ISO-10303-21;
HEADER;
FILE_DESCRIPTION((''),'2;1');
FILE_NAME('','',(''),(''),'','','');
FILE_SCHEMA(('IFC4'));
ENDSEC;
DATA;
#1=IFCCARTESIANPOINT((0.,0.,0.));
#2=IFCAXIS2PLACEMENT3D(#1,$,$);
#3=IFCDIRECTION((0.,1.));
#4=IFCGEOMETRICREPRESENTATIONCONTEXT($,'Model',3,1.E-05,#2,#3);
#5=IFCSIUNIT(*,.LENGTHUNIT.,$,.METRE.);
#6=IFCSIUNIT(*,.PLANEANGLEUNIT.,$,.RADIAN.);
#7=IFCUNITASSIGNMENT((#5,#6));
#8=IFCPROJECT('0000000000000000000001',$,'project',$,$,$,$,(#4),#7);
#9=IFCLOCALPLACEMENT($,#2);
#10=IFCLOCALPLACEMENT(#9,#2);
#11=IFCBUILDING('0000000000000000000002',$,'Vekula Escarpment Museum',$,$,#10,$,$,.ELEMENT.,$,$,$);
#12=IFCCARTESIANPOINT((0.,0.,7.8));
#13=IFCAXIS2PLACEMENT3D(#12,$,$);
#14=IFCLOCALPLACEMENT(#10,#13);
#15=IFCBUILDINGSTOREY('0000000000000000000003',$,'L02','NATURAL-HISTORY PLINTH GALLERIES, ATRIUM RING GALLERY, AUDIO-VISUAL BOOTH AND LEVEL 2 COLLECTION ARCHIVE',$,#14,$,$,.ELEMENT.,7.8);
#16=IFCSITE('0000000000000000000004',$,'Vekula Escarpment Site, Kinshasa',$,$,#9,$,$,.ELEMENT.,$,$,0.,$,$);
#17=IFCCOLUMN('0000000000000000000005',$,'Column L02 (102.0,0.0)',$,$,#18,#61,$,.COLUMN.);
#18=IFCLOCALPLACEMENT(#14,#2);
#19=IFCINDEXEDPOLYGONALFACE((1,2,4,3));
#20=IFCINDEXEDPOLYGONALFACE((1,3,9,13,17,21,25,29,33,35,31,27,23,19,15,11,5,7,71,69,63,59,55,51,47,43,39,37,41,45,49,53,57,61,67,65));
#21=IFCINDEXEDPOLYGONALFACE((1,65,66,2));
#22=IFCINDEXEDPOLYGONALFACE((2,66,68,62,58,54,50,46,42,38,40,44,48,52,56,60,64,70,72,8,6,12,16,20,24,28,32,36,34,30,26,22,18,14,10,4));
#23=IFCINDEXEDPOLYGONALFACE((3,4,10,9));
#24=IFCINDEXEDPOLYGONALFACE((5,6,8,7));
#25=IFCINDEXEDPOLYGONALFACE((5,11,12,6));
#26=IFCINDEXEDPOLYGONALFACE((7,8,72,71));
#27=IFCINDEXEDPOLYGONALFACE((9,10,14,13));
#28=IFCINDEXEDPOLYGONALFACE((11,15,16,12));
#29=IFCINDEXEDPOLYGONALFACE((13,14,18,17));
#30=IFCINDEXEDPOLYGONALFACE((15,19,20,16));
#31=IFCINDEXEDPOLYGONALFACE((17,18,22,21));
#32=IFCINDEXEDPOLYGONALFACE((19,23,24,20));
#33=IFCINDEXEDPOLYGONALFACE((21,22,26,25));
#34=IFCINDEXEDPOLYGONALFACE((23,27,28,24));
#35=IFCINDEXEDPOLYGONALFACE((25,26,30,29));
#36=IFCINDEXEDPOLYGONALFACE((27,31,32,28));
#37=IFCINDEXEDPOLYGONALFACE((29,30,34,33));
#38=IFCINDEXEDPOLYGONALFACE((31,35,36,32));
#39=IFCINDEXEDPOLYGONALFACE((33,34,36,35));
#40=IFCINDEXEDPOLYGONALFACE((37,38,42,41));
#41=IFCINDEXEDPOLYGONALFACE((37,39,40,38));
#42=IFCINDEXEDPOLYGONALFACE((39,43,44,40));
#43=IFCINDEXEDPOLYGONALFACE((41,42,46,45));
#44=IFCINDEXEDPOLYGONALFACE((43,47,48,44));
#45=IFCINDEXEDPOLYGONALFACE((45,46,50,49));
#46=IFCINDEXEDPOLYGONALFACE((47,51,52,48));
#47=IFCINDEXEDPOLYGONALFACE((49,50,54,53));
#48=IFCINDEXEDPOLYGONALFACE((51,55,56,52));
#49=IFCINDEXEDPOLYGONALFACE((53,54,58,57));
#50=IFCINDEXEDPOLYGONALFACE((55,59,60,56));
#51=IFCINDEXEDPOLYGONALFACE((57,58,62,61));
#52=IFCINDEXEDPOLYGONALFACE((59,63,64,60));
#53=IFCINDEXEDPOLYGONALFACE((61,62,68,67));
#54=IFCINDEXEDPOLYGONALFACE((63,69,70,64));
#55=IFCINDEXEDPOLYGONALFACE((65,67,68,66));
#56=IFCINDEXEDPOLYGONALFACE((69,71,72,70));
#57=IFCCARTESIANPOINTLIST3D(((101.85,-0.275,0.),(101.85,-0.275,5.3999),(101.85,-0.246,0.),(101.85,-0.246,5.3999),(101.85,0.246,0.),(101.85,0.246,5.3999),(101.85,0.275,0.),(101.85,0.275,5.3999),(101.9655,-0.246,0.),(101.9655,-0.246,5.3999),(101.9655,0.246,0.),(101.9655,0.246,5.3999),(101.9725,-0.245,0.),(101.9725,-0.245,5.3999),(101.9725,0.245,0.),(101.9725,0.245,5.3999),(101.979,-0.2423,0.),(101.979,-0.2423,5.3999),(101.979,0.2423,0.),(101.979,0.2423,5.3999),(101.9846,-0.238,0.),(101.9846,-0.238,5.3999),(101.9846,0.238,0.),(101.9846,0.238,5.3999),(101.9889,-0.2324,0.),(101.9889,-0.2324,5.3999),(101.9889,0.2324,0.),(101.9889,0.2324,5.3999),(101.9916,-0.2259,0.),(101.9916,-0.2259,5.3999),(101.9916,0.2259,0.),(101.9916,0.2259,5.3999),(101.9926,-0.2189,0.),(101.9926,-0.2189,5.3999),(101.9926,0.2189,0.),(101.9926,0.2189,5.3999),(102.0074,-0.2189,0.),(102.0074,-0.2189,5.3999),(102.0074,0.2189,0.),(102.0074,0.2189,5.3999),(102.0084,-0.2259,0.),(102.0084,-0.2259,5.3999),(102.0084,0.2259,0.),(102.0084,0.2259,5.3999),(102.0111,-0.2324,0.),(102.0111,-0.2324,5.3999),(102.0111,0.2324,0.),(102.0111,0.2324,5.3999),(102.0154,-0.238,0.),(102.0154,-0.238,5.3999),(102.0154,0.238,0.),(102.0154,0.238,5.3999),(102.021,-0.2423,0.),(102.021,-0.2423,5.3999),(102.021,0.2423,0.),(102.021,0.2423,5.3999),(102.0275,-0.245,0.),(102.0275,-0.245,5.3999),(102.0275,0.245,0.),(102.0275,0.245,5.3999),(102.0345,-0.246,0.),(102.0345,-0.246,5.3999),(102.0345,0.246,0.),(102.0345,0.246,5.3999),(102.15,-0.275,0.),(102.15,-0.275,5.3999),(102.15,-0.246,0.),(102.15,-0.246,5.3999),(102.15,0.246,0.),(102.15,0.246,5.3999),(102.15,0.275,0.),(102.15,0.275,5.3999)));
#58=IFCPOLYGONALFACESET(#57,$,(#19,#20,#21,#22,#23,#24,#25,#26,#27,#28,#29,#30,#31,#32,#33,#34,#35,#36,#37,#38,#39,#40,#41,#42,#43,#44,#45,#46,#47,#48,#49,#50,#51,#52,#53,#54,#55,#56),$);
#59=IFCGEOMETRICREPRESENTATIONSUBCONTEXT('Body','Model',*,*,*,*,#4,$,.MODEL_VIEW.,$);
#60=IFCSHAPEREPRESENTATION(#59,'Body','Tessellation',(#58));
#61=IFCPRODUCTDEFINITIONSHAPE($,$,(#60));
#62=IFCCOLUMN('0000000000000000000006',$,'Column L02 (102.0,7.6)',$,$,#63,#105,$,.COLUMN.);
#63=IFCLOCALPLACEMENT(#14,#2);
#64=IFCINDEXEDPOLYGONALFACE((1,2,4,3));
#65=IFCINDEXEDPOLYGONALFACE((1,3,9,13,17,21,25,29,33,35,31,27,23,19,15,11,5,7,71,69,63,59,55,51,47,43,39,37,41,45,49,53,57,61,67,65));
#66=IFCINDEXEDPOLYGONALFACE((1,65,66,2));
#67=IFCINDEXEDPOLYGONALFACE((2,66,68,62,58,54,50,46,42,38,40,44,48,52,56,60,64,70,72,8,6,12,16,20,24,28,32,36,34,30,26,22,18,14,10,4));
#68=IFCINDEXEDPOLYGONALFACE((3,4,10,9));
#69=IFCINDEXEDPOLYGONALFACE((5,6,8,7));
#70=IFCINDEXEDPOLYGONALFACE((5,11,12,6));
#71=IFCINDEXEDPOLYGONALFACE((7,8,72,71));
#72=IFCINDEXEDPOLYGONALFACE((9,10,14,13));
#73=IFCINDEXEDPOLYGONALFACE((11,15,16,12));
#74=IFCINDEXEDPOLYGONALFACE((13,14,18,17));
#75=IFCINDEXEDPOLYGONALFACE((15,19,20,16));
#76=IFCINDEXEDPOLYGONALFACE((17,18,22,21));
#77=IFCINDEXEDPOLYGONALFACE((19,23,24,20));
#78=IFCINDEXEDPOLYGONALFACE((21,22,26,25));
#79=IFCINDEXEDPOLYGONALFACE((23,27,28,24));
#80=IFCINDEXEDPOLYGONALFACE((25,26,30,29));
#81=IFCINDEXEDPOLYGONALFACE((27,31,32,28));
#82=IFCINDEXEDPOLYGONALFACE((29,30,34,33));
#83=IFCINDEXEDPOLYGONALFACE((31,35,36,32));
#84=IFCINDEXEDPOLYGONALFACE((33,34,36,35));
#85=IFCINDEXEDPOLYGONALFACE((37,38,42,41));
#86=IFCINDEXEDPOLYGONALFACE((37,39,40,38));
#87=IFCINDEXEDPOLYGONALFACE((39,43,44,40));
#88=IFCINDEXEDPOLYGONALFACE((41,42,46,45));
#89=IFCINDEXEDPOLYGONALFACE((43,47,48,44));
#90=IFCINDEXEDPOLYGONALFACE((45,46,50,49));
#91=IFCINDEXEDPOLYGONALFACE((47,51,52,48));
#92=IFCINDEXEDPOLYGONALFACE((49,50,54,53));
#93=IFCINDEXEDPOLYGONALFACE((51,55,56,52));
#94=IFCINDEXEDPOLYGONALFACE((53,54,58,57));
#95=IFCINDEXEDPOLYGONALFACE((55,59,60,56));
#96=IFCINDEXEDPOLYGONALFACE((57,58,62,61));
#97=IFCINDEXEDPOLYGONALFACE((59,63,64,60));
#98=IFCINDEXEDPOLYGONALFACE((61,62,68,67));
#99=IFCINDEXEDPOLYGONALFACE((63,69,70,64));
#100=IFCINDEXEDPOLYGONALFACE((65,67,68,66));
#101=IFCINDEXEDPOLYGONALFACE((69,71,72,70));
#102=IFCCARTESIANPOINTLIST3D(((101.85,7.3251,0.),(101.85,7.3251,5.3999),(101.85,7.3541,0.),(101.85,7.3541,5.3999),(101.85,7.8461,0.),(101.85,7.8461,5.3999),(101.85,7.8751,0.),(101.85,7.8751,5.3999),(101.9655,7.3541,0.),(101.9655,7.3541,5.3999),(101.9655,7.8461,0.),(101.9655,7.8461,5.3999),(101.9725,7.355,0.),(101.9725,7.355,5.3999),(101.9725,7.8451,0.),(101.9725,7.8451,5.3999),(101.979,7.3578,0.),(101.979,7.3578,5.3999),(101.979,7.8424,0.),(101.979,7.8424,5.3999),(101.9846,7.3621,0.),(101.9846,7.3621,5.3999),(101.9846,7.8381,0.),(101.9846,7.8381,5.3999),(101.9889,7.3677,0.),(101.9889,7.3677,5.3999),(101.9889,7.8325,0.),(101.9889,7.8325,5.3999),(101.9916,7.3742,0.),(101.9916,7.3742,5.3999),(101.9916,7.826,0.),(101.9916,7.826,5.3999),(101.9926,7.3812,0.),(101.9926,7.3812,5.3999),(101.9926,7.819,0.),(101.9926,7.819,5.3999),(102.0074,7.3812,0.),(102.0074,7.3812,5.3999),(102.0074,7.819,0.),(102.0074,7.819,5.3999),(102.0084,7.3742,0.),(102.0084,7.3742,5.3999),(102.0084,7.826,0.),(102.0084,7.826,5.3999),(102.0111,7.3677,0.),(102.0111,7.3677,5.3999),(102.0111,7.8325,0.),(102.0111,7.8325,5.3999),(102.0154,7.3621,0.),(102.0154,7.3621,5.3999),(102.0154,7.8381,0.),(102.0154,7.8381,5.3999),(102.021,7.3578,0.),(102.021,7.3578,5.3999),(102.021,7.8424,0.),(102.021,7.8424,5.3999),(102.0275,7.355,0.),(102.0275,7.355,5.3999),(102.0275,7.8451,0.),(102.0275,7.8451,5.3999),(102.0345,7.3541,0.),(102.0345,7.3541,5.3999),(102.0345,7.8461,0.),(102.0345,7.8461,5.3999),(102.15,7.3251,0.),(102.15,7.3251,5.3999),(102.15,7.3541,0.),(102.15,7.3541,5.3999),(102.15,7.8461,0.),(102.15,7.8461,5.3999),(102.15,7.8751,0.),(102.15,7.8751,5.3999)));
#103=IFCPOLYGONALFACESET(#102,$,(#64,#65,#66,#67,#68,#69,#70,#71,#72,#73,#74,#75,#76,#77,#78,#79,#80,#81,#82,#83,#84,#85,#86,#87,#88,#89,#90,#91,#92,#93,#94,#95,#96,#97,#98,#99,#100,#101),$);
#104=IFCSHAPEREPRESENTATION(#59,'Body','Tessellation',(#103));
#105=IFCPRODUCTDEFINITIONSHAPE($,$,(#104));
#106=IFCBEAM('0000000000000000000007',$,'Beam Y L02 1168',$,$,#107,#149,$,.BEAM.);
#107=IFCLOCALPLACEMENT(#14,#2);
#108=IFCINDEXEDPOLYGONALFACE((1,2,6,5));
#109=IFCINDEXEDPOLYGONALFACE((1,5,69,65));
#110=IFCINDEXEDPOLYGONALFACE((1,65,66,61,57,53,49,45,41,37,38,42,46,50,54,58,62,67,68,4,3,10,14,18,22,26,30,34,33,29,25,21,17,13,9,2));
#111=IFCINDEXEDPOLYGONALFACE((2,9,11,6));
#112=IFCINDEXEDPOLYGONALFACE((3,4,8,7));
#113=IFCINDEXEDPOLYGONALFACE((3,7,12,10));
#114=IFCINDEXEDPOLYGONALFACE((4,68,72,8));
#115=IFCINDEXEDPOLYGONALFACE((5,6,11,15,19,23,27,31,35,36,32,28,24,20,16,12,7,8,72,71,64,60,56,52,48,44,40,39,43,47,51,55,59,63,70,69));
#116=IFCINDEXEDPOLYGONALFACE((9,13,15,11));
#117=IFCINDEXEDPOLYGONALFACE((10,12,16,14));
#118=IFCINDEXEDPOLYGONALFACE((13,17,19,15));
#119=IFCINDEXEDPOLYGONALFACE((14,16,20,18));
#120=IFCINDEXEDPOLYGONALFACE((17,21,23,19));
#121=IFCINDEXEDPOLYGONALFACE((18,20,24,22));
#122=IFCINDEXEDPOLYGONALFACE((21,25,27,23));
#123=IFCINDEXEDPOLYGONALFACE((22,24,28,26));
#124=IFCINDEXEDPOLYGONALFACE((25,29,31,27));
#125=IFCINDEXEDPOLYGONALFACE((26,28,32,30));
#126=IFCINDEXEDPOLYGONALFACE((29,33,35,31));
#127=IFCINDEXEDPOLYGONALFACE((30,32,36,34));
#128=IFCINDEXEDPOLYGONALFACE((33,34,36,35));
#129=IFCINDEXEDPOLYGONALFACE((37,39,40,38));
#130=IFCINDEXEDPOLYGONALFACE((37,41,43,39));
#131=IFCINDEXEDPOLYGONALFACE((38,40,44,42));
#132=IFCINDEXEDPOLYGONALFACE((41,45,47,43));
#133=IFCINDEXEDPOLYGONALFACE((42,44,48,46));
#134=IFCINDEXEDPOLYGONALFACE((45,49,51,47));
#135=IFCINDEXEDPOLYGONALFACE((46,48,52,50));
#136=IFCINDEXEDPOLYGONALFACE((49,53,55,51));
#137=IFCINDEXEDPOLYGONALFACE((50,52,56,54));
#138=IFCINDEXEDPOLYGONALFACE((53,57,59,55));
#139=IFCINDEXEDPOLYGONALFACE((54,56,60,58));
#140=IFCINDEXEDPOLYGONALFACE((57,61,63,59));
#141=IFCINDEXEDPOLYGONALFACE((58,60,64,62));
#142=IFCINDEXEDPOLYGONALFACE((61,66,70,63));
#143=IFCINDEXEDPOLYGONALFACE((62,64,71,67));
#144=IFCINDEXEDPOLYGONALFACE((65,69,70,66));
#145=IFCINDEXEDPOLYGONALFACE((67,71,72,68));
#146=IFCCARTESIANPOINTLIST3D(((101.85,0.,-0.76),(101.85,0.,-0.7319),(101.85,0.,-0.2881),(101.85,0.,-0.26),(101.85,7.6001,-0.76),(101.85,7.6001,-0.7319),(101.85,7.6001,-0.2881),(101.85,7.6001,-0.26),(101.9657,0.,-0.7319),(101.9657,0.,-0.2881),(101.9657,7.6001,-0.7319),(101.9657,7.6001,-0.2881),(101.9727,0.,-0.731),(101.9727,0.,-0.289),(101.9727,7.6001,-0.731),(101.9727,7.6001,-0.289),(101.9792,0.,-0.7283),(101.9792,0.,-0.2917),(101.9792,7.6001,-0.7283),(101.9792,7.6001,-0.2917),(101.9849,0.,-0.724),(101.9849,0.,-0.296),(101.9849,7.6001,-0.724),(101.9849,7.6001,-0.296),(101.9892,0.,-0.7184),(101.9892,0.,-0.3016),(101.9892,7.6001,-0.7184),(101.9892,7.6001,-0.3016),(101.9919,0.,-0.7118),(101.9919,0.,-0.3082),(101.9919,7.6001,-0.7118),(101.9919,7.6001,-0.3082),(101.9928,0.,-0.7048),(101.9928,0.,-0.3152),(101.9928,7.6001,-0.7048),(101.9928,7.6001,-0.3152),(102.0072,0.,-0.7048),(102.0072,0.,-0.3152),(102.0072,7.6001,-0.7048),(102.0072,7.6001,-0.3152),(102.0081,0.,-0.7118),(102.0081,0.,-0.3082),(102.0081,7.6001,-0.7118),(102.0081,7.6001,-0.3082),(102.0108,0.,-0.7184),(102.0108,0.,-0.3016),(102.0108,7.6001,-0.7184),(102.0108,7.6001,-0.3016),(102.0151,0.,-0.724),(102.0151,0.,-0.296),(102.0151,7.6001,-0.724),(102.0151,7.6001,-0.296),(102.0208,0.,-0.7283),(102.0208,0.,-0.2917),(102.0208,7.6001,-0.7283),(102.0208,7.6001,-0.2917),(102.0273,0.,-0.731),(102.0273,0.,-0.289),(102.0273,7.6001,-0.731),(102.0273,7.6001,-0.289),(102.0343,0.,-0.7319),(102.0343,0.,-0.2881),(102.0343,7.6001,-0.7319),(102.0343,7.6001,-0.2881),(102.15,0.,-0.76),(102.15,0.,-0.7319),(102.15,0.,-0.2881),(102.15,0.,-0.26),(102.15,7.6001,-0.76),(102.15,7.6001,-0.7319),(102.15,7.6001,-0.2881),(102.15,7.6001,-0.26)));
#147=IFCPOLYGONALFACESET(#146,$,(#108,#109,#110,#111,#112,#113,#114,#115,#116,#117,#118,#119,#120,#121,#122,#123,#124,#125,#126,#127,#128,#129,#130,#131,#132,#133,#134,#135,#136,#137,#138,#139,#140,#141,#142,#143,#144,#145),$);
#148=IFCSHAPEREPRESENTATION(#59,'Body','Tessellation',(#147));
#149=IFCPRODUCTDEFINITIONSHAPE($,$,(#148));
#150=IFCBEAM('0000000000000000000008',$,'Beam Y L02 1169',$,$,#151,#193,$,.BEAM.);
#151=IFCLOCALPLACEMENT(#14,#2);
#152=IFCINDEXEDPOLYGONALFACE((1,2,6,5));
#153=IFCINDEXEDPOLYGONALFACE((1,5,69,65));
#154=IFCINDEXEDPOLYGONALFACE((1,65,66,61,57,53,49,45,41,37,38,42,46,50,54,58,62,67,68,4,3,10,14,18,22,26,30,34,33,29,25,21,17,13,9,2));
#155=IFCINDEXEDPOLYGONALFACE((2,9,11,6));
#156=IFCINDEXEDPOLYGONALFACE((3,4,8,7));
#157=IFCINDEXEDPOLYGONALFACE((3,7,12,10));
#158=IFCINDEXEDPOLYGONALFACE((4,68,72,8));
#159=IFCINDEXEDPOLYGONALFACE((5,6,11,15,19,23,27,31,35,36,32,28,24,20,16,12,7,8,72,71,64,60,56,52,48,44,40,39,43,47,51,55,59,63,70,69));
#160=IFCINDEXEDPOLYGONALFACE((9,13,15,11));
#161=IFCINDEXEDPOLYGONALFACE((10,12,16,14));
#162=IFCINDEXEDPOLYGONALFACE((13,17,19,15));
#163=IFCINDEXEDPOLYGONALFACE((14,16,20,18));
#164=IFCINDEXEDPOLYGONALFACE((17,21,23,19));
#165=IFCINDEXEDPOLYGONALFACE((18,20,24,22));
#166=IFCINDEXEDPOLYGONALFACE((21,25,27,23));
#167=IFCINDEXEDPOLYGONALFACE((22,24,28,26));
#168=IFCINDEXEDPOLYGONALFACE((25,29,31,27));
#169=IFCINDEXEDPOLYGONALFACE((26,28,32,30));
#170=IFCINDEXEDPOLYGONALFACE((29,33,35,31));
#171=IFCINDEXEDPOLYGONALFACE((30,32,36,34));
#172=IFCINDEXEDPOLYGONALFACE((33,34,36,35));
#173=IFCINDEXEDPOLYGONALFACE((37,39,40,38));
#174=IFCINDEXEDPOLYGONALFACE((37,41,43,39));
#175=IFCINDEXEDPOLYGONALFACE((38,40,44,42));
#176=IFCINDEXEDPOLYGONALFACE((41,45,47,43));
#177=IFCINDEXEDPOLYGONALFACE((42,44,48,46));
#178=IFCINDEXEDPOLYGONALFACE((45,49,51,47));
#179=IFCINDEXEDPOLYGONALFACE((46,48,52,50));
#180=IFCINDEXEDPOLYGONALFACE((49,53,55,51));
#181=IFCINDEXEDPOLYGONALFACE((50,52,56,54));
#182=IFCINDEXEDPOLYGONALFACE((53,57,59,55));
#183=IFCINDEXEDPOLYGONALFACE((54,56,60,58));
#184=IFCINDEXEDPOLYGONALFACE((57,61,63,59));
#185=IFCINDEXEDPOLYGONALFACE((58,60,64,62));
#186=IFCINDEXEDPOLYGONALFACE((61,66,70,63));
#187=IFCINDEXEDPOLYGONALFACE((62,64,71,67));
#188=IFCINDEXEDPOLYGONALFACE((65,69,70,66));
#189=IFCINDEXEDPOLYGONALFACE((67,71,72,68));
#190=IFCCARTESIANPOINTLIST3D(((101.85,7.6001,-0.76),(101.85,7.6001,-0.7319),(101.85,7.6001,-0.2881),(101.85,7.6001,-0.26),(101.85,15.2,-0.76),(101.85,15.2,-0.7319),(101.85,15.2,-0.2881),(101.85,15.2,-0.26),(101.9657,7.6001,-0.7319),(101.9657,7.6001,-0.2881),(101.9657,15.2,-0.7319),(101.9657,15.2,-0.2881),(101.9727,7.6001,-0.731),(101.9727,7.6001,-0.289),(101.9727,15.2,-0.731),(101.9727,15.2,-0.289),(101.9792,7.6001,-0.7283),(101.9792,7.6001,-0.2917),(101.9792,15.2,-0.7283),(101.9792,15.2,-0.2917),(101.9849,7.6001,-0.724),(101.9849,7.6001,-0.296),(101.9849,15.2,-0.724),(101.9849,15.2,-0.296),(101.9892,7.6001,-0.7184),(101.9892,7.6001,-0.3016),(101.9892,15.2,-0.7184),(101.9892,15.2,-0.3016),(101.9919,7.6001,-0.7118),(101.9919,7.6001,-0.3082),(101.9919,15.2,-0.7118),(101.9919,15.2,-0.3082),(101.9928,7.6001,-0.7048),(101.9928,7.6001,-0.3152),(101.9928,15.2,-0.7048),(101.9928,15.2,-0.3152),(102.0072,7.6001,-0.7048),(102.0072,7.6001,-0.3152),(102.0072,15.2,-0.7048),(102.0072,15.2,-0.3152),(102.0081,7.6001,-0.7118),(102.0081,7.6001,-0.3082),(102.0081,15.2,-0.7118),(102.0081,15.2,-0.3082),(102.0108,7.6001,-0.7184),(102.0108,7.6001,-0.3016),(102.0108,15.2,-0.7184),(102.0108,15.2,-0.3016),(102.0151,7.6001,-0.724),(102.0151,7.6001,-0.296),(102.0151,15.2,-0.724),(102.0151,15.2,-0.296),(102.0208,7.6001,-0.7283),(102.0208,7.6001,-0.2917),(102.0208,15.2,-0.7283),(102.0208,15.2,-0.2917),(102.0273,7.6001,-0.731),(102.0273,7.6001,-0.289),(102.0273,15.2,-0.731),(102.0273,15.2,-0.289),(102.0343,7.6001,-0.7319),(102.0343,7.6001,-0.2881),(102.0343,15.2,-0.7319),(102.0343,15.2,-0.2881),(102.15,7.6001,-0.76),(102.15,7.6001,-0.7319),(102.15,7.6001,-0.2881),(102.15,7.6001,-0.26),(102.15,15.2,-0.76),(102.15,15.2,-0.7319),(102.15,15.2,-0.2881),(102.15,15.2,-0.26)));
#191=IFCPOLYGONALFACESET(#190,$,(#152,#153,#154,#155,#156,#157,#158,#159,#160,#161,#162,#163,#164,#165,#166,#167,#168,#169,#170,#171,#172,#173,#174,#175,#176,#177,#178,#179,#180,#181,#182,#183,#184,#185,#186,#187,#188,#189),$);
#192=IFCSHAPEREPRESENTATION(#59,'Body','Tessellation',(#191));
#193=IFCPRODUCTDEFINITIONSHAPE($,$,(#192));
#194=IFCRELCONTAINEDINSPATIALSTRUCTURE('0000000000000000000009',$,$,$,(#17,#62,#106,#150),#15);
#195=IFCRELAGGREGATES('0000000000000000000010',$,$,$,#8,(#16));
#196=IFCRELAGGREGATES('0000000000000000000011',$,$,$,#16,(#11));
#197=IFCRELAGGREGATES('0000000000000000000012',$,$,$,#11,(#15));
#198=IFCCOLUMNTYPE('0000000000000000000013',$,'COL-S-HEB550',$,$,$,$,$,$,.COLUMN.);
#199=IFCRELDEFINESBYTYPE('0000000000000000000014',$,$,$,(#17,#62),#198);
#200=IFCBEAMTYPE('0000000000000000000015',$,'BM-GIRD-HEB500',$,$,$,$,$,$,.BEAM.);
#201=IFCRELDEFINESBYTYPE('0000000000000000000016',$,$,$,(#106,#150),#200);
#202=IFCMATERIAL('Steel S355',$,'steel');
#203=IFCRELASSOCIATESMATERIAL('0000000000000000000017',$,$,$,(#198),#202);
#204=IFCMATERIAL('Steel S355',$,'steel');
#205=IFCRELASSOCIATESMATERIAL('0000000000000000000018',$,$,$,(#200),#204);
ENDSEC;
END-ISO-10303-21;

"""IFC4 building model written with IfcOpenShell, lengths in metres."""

from ifc_helpers import new_model, si_unit, direction, frame, origin, origin_2d, place, context, subcontext, project, spatial, i_section, extrude, material, material_profile, profile_set, type_object, element, save


model = new_model("IFC4")

# Units and contexts
model_context = context("Model", 3, precision=1e-05, world=origin(), true_north=direction((0.0, 1.0)))
body_context = subcontext(model_context, "Body", "Model", "MODEL_VIEW")
ifc_project = project(units=[si_unit("LENGTHUNIT", "METRE"), si_unit("PLANEANGLEUNIT", "RADIAN")], contexts=[model_context])

# Site, building, storey
site_placement = place(None, origin())
site = spatial("IfcSite", under=ifc_project, at=site_placement, Name="Vekula Escarpment Site, Kinshasa", CompositionType="ELEMENT", RefElevation=0.0)
building_placement = place(site_placement, origin())
building = spatial("IfcBuilding", under=site, at=building_placement, Name="Vekula Escarpment Museum", CompositionType="ELEMENT")
storey_placement = place(building_placement, frame((0.0, 0.0, 7.8)))
storey = spatial("IfcBuildingStorey", under=building, at=storey_placement, Name="L02", Description="NATURAL-HISTORY PLINTH GALLERIES, ATRIUM RING GALLERY, AUDIO-VISUAL BOOTH AND LEVEL 2 COLLECTION ARCHIVE", CompositionType="ELEMENT", Elevation=7.8)

# Columns
ifc_material_1 = material(Name="Steel S355", Category="steel")
ifc_material_profile_1 = material_profile(ifc_material_1, i_section(OverallWidth=0.3, OverallDepth=0.55, WebThickness=0.0149, FlangeThickness=0.0291, FilletRadius=0.0271, at=origin_2d()), Name="HEB 550")
ifc_profile_set_1 = profile_set([ifc_material_profile_1], Name="Steel S355")
column_type = type_object("IfcColumnType", Name="COL-S-HEB550", PredefinedType="COLUMN", material=ifc_profile_set_1)
for number, where, z_axis, x_axis, name in (
    (1, (102.0, 0.0, 0.0), (0.0, 0.0, 1.0), (1.0, 0.0, 0.0), "Column L02 (102.0,0.0)"),
    (2, (102.0, 7.6001, 0.0), (0.0, 0.0, 1.0), (1.0, 0.0, 0.0), "Column L02 (102.0,7.6)"),
):
    element("IfcColumn", number, at=place(storey_placement, frame(where, z_axis=z_axis, x_axis=x_axis)), inside=storey, type_object=column_type, Name=name, PredefinedType="COLUMN", context=body_context, shape_type="SweptSolid", body=[
        extrude(i_section(OverallWidth=0.3, OverallDepth=0.55, WebThickness=0.0149, FlangeThickness=0.0291, FilletRadius=0.0271, at=origin_2d()), origin(), (0.0, 0.0, 1.0), 5.3999),
    ])

# Beams
ifc_material_2 = material(Name="Steel S355", Category="steel")
ifc_material_profile_2 = material_profile(ifc_material_2, i_section(OverallWidth=0.3, OverallDepth=0.5, WebThickness=0.0144, FlangeThickness=0.0281, FilletRadius=0.0271, at=origin_2d()), Name="HEB 500")
ifc_profile_set_2 = profile_set([ifc_material_profile_2], Name="Steel S355")
beam_type_1 = type_object("IfcBeamType", Name="BM-GIRD-HEB500", PredefinedType="BEAM", material=ifc_profile_set_2)
beam_1_placement = place(storey_placement, frame((102.0, 0.0, -0.51), z_axis=(0.0, 1.0, 0.0), x_axis=(-1.0, 0.0, 0.0)))
element("IfcBeam", 3, at=beam_1_placement, inside=storey, type_object=beam_type_1, Name="Beam Y L02 1168", PredefinedType="BEAM", context=body_context, shape_type="SweptSolid", body=[
    extrude(i_section(OverallWidth=0.3, OverallDepth=0.5, WebThickness=0.0144, FlangeThickness=0.0281, FilletRadius=0.0271, at=origin_2d()), origin(), (0.0, 0.0, 1.0), 7.6001),
])
beam_2_placement = place(storey_placement, frame((102.0, 7.6001, -0.51), z_axis=(0.0, 1.0, 0.0), x_axis=(-1.0, 0.0, 0.0)))
element("IfcBeam", 4, at=beam_2_placement, inside=storey, type_object=beam_type_1, Name="Beam Y L02 1169", PredefinedType="BEAM", context=body_context, shape_type="SweptSolid", body=[
    extrude(i_section(OverallWidth=0.3, OverallDepth=0.5, WebThickness=0.0144, FlangeThickness=0.0281, FilletRadius=0.0271, at=origin_2d()), origin(), (0.0, 0.0, 1.0), 7.5999),
])

save(model, "model.ifc")
